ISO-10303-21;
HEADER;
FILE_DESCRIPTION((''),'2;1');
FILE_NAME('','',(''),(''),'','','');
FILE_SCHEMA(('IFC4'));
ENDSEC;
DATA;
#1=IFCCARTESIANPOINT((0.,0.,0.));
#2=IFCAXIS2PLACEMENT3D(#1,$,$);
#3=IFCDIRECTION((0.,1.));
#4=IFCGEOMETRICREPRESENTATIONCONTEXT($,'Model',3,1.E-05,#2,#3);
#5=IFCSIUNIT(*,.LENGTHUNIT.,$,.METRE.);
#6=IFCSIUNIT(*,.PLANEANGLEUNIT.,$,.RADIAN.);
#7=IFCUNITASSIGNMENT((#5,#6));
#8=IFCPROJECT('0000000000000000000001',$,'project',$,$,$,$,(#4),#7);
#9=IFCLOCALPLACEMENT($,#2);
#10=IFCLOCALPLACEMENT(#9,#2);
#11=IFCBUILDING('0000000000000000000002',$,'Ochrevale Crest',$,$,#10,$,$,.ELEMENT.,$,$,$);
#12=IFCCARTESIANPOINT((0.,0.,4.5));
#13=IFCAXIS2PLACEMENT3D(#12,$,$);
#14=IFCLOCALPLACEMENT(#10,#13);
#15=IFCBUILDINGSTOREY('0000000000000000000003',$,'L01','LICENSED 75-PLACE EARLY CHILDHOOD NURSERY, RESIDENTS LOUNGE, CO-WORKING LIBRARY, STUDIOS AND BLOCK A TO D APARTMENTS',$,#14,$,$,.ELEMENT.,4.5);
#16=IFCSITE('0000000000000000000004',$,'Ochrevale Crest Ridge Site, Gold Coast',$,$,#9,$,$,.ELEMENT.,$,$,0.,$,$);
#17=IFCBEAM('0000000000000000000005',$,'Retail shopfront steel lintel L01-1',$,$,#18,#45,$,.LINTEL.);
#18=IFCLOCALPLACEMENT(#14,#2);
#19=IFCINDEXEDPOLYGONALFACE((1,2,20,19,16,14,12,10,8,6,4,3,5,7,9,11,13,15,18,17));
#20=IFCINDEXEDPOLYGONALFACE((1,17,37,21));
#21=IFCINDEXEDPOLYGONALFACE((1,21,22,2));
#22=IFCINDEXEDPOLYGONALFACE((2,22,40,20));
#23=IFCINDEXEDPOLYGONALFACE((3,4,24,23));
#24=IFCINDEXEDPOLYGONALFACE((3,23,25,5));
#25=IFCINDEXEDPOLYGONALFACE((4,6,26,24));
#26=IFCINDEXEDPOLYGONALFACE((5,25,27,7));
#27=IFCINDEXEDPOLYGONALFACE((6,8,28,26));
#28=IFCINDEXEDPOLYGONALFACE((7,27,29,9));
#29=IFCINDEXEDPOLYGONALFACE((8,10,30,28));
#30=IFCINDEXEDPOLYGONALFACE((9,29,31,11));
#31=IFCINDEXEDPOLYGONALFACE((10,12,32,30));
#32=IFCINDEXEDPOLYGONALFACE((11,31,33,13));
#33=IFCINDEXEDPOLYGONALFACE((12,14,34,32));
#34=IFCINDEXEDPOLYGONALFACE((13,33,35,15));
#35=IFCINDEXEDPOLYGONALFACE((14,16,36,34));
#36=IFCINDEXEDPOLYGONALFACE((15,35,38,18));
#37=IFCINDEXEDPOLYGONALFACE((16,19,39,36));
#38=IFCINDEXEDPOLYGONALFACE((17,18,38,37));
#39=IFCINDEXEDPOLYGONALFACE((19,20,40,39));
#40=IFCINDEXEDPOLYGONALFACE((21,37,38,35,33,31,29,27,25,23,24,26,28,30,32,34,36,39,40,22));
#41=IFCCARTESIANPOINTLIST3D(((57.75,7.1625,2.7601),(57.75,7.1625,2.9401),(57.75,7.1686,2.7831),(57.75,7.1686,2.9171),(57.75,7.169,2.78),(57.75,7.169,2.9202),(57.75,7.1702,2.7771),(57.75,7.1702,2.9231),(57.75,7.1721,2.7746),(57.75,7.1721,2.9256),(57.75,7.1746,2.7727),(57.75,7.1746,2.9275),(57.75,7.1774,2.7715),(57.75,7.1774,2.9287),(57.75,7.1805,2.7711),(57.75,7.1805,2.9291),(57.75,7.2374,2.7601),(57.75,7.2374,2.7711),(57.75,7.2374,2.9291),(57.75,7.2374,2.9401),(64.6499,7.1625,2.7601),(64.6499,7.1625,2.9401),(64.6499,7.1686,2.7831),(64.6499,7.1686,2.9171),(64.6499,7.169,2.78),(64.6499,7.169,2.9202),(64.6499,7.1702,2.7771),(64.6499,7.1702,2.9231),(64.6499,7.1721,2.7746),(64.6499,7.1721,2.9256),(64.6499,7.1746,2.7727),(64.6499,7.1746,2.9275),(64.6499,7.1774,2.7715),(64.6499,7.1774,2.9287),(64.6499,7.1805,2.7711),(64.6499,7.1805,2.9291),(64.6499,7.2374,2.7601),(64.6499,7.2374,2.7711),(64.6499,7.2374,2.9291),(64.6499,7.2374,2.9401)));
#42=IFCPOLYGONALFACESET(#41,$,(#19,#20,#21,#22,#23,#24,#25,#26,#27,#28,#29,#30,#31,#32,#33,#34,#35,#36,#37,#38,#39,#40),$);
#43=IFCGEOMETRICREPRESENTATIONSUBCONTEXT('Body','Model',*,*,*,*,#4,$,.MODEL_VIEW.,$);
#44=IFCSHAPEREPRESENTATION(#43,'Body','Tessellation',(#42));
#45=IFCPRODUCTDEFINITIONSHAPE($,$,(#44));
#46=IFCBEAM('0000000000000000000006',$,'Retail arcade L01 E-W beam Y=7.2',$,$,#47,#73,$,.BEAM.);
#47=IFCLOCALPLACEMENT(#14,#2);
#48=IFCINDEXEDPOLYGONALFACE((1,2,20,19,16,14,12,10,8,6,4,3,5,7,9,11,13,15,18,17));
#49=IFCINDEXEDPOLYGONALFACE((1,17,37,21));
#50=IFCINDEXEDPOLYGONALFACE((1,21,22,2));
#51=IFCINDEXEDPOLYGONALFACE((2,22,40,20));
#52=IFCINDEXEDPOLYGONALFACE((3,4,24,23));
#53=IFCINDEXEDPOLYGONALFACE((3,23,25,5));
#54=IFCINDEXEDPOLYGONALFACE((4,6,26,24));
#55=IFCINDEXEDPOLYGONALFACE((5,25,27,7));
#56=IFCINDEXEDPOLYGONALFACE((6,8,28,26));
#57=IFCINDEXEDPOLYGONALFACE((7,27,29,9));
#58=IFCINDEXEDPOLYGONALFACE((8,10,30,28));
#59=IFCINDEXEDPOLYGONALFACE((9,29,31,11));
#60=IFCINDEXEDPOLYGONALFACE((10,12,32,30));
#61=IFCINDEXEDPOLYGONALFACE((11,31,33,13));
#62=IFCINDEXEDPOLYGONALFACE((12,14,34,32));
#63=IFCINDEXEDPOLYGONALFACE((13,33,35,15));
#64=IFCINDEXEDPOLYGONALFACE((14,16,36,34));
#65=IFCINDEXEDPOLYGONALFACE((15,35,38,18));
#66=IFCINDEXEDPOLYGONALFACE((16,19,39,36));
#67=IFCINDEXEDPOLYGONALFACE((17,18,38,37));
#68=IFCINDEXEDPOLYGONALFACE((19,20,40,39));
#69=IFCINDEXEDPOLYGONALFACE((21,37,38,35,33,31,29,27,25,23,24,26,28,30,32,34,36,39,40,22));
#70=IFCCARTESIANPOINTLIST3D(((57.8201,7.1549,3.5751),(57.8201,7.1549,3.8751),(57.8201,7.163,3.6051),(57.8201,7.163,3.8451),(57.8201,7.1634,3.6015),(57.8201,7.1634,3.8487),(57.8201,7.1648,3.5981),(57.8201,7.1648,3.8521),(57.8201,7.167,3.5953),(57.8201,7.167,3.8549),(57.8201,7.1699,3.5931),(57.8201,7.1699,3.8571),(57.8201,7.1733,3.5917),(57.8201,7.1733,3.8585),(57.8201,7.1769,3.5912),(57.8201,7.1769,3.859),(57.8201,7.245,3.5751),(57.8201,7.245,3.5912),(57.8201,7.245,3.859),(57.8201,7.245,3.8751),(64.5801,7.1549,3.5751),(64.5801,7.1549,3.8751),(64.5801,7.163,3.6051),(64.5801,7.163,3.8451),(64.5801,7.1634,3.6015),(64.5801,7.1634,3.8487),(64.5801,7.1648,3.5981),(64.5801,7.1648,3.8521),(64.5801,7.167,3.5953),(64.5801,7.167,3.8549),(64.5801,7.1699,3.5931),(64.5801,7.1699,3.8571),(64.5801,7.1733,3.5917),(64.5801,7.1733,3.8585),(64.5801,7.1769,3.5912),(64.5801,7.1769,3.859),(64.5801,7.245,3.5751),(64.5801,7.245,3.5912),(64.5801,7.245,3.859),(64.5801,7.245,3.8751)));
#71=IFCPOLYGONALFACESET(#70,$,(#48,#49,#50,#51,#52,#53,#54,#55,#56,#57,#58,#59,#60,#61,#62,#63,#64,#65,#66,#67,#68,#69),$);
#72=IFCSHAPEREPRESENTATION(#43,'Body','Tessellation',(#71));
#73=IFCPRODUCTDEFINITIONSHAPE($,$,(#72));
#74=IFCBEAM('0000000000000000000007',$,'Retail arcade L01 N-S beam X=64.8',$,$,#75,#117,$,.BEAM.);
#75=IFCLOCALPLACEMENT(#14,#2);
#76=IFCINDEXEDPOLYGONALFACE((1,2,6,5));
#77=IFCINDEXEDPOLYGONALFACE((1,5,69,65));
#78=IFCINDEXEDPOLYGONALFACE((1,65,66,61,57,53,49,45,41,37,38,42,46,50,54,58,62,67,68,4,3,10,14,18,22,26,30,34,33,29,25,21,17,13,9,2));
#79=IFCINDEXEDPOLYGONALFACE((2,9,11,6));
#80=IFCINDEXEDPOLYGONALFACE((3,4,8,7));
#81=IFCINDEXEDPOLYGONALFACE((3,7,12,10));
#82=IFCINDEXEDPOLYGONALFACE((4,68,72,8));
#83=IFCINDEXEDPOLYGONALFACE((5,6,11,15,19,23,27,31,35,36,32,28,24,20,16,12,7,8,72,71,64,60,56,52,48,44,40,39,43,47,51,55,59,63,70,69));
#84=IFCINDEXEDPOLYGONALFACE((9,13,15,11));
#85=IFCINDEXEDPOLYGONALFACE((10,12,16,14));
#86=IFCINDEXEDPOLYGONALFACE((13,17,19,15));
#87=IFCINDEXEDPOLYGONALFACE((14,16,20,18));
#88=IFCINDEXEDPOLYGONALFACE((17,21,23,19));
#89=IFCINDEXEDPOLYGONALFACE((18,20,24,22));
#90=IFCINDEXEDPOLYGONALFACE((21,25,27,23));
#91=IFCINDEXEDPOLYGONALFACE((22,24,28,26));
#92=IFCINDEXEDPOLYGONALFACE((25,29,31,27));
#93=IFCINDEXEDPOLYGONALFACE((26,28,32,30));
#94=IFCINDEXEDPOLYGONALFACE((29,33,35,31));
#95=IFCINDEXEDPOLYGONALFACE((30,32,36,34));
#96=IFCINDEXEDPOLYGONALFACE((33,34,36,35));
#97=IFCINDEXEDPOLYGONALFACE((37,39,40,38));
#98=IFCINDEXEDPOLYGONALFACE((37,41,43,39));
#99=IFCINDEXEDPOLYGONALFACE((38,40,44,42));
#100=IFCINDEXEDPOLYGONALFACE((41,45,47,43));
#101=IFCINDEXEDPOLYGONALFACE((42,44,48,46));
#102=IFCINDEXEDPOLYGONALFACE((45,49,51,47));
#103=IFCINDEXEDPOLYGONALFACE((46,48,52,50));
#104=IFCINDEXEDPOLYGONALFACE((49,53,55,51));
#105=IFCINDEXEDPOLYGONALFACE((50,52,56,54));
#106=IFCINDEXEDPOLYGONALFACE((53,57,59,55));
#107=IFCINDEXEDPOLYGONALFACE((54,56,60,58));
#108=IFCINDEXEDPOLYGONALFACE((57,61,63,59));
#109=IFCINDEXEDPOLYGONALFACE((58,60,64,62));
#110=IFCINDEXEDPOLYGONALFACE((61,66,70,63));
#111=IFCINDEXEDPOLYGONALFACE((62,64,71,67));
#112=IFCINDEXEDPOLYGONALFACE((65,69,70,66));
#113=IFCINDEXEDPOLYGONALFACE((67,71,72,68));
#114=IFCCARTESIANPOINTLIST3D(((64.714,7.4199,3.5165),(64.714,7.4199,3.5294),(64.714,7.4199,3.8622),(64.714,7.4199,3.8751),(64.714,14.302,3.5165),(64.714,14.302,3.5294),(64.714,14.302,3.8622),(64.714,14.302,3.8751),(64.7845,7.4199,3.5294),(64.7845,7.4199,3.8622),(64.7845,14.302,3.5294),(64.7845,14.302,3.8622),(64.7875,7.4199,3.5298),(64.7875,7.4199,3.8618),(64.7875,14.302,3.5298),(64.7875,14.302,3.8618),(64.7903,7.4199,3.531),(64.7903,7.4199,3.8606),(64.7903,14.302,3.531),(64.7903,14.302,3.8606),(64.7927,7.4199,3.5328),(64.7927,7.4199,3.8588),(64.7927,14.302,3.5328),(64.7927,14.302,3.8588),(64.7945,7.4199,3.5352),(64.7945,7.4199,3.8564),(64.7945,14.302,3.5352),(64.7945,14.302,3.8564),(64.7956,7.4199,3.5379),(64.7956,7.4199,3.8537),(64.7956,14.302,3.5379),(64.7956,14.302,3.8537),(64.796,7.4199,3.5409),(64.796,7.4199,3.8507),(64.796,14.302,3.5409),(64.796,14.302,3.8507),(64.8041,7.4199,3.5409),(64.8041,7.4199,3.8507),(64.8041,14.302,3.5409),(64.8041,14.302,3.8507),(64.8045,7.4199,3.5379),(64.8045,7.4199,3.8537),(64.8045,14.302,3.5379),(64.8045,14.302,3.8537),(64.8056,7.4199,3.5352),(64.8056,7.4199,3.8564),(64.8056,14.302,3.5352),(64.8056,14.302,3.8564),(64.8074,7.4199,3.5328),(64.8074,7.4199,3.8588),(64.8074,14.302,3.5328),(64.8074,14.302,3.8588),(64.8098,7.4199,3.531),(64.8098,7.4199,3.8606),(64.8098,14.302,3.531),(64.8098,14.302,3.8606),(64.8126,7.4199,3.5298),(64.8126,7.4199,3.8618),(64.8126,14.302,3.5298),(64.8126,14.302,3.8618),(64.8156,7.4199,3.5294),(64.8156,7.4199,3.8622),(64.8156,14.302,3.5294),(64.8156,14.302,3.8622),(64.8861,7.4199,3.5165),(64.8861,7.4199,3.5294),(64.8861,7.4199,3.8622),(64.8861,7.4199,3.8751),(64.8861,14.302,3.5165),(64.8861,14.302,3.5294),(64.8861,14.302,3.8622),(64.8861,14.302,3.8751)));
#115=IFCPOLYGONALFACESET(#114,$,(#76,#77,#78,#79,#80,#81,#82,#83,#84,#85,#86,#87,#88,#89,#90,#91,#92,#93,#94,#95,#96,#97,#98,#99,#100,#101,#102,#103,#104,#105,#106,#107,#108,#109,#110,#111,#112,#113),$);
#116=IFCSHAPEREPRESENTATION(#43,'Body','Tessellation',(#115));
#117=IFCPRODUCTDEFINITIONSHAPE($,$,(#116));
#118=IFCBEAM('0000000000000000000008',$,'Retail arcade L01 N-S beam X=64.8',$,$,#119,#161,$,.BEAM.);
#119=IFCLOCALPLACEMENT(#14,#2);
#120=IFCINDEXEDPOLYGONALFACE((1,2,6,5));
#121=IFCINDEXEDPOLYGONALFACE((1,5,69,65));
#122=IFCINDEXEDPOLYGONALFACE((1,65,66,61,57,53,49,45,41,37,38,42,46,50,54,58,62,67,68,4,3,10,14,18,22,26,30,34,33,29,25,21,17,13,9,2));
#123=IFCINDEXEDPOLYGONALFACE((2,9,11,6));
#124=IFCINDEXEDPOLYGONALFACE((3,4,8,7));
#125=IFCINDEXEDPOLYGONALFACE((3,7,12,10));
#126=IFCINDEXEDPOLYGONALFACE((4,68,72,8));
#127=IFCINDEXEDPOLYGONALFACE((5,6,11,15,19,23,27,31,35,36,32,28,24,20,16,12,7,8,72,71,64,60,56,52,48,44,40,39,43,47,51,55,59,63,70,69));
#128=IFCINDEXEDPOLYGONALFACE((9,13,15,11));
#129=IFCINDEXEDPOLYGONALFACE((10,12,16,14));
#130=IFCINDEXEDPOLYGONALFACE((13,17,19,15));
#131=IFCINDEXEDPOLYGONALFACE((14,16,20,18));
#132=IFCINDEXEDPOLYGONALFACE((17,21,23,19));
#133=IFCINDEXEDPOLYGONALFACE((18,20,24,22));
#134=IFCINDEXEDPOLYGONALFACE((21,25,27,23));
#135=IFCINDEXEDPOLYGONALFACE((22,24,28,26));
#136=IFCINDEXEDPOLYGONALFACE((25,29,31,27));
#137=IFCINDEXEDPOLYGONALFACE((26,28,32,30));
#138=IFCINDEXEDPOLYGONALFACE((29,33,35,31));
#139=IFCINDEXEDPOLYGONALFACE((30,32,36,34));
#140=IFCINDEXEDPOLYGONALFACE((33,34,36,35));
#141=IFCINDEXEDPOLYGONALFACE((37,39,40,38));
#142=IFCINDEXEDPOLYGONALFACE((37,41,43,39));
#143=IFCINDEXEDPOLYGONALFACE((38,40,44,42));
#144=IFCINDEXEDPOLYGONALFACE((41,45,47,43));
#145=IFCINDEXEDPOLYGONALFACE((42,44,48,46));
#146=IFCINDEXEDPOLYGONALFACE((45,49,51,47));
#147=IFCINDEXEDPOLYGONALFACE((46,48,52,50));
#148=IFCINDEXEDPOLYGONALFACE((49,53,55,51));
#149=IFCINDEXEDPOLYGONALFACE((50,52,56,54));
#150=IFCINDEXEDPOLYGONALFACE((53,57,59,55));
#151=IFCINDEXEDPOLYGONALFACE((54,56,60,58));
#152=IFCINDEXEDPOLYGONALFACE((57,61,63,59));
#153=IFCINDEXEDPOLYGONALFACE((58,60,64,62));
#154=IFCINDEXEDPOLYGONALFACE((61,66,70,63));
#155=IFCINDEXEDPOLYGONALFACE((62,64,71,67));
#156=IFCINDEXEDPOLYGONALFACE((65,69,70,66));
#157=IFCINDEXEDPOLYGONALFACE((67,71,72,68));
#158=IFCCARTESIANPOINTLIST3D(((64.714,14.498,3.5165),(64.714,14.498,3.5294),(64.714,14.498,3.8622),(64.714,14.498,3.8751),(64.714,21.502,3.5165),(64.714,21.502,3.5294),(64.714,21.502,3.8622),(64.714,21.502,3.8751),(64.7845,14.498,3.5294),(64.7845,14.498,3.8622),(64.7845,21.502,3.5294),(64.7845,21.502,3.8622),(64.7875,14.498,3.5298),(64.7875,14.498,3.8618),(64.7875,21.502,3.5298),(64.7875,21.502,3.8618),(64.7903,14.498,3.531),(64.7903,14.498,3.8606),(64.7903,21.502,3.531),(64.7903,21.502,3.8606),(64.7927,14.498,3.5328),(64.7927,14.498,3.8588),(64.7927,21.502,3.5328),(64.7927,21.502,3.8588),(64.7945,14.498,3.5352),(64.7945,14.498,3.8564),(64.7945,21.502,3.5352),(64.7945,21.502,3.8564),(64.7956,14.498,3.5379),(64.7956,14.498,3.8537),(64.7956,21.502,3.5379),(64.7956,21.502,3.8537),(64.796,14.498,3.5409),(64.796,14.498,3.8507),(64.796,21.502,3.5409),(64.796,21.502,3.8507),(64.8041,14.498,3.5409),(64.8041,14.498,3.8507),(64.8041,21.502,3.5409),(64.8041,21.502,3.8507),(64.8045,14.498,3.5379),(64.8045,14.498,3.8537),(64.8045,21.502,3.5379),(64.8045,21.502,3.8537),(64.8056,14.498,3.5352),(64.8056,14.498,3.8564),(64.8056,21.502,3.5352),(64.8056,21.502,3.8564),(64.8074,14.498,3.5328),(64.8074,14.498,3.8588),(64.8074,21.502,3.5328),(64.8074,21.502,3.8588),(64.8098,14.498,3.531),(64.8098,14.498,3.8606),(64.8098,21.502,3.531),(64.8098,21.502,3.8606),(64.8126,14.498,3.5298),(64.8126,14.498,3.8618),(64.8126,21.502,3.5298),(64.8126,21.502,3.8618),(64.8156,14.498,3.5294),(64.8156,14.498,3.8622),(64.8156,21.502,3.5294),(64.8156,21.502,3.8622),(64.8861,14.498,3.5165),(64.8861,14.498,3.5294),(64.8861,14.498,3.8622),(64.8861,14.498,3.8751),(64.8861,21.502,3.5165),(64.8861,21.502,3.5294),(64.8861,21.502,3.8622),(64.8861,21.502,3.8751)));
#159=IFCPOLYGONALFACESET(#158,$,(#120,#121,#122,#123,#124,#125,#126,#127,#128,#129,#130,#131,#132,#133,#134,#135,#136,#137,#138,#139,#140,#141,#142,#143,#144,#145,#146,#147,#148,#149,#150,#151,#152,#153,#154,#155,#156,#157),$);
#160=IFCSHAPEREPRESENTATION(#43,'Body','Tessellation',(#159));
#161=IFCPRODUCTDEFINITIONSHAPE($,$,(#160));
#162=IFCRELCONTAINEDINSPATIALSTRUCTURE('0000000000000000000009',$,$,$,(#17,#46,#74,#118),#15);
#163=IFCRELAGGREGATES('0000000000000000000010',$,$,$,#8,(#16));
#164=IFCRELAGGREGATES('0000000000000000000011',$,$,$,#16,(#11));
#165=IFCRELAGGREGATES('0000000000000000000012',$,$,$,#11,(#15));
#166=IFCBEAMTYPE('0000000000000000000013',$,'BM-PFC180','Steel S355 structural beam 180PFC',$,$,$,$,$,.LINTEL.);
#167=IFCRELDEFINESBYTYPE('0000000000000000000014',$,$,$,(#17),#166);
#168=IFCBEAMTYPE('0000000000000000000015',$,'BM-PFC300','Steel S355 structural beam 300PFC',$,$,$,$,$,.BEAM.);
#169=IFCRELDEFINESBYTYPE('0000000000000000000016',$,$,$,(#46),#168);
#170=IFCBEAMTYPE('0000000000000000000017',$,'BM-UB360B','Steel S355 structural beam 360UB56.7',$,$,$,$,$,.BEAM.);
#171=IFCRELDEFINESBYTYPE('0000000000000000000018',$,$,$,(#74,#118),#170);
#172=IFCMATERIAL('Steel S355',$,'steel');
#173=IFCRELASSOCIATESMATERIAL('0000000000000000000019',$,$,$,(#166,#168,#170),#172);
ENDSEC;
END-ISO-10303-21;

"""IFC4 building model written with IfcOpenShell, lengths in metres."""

from ifc_helpers import new_model, si_unit, direction, frame, origin, origin_2d, place, context, subcontext, project, spatial, i_section, u_section, extrude, material, material_profile, profile_set, type_object, element, save


model = new_model("IFC4")

# Units and contexts
model_context = context("Model", 3, precision=1e-05, world=origin(), true_north=direction((0.0, 1.0)))
body_context = subcontext(model_context, "Body", "Model", "MODEL_VIEW")
ifc_project = project(units=[si_unit("LENGTHUNIT", "METRE"), si_unit("PLANEANGLEUNIT", "RADIAN")], contexts=[model_context])

# Site, building, storey
site_placement = place(None, origin())
site = spatial("IfcSite", under=ifc_project, at=site_placement, Name="Ochrevale Crest Ridge Site, Gold Coast", CompositionType="ELEMENT", RefElevation=0.0)
building_placement = place(site_placement, origin())
building = spatial("IfcBuilding", under=site, at=building_placement, Name="Ochrevale Crest", CompositionType="ELEMENT")
storey_placement = place(building_placement, frame((0.0, 0.0, 4.5)))
storey = spatial("IfcBuildingStorey", under=building, at=storey_placement, Name="L01", Description="LICENSED 75-PLACE EARLY CHILDHOOD NURSERY, RESIDENTS LOUNGE, CO-WORKING LIBRARY, STUDIOS AND BLOCK A TO D APARTMENTS", CompositionType="ELEMENT", Elevation=4.5)

# Shared definitions
ifc_material_1 = material(Name="Steel S355", Category="steel")

# Beams
ifc_material_profile_1 = material_profile(ifc_material_1, u_section(Depth=0.1799, FlangeWidth=0.075, WebThickness=0.0061, FlangeThickness=0.011, FilletRadius=0.012, at=origin_2d()), Name="180PFC")
ifc_profile_set_1 = profile_set([ifc_material_profile_1], Name="Steel S355")
beam_type_1 = type_object("IfcBeamType", Name="BM-PFC180", Description="Steel S355 structural beam 180PFC", PredefinedType="LINTEL", material=ifc_profile_set_1)
beam_1_placement = place(storey_placement, frame((57.75, 7.2, 2.8501), z_axis=(1.0, 0.0, 0.0), x_axis=(0.0, 1.0, 0.0)))
element("IfcBeam", 1, at=beam_1_placement, inside=storey, type_object=beam_type_1, Name="Retail shopfront steel lintel L01-1", PredefinedType="LINTEL", context=body_context, shape_type="SweptSolid", body=[
    extrude(u_section(Depth=0.1799, FlangeWidth=0.075, WebThickness=0.0061, FlangeThickness=0.011, FilletRadius=0.012, at=origin_2d()), origin(), (0.0, 0.0, 1.0), 6.8999),
])
ifc_material_profile_2 = material_profile(ifc_material_1, u_section(Depth=0.3, FlangeWidth=0.0901, WebThickness=0.0081, FlangeThickness=0.0161, FilletRadius=0.0139, at=origin_2d()), Name="300PFC")
ifc_profile_set_2 = profile_set([ifc_material_profile_2], Name="Steel S355")
beam_type_2 = type_object("IfcBeamType", Name="BM-PFC300", Description="Steel S355 structural beam 300PFC", PredefinedType="BEAM", material=ifc_profile_set_2)
beam_2_placement = place(storey_placement, frame((57.8201, 7.2, 3.7251), z_axis=(1.0, 0.0, 0.0), x_axis=(0.0, 1.0, 0.0)))
element("IfcBeam", 2, at=beam_2_placement, inside=storey, type_object=beam_type_2, Name="Retail arcade L01 E-W beam Y=7.2", PredefinedType="BEAM", context=body_context, shape_type="SweptSolid", body=[
    extrude(u_section(Depth=0.3, FlangeWidth=0.0901, WebThickness=0.0081, FlangeThickness=0.0161, FilletRadius=0.0139, at=origin_2d()), origin(), (0.0, 0.0, 1.0), 6.76),
])
ifc_material_profile_3 = material_profile(ifc_material_1, i_section(OverallWidth=0.1721, OverallDepth=0.3586, WebThickness=0.0081, FlangeThickness=0.0129, FilletRadius=0.0115, at=origin_2d()), Name="360UB56.7")
ifc_profile_set_3 = profile_set([ifc_material_profile_3], Name="Steel S355")
beam_type_3 = type_object("IfcBeamType", Name="BM-UB360B", Description="Steel S355 structural beam 360UB56.7", PredefinedType="BEAM", material=ifc_profile_set_3)
beam_3_placement = place(storey_placement, frame((64.8, 7.4199, 3.6958), z_axis=(0.0, 1.0, 0.0), x_axis=(-1.0, 0.0, 0.0)))
element("IfcBeam", 3, at=beam_3_placement, inside=storey, type_object=beam_type_3, Name="Retail arcade L01 N-S beam X=64.8", PredefinedType="BEAM", context=body_context, shape_type="SweptSolid", body=[
    extrude(i_section(OverallWidth=0.1721, OverallDepth=0.3586, WebThickness=0.0081, FlangeThickness=0.0129, FilletRadius=0.0115, at=origin_2d()), origin(), (0.0, 0.0, 1.0), 6.8821),
])
for number, where, z_axis, x_axis, name in (
    (4, (64.8, 14.498, 3.6958), (0.0, 1.0, 0.0), (-1.0, 0.0, 0.0), "Retail arcade L01 N-S beam X=64.8"),
):
    element("IfcBeam", number, at=place(storey_placement, frame(where, z_axis=z_axis, x_axis=x_axis)), inside=storey, type_object=beam_type_3, Name=name, PredefinedType="BEAM", context=body_context, shape_type="SweptSolid", body=[
        extrude(i_section(OverallWidth=0.1721, OverallDepth=0.3586, WebThickness=0.0081, FlangeThickness=0.0129, FilletRadius=0.0115, at=origin_2d()), origin(), (0.0, 0.0, 1.0), 7.0039),
    ])

save(model, "model.ifc")
